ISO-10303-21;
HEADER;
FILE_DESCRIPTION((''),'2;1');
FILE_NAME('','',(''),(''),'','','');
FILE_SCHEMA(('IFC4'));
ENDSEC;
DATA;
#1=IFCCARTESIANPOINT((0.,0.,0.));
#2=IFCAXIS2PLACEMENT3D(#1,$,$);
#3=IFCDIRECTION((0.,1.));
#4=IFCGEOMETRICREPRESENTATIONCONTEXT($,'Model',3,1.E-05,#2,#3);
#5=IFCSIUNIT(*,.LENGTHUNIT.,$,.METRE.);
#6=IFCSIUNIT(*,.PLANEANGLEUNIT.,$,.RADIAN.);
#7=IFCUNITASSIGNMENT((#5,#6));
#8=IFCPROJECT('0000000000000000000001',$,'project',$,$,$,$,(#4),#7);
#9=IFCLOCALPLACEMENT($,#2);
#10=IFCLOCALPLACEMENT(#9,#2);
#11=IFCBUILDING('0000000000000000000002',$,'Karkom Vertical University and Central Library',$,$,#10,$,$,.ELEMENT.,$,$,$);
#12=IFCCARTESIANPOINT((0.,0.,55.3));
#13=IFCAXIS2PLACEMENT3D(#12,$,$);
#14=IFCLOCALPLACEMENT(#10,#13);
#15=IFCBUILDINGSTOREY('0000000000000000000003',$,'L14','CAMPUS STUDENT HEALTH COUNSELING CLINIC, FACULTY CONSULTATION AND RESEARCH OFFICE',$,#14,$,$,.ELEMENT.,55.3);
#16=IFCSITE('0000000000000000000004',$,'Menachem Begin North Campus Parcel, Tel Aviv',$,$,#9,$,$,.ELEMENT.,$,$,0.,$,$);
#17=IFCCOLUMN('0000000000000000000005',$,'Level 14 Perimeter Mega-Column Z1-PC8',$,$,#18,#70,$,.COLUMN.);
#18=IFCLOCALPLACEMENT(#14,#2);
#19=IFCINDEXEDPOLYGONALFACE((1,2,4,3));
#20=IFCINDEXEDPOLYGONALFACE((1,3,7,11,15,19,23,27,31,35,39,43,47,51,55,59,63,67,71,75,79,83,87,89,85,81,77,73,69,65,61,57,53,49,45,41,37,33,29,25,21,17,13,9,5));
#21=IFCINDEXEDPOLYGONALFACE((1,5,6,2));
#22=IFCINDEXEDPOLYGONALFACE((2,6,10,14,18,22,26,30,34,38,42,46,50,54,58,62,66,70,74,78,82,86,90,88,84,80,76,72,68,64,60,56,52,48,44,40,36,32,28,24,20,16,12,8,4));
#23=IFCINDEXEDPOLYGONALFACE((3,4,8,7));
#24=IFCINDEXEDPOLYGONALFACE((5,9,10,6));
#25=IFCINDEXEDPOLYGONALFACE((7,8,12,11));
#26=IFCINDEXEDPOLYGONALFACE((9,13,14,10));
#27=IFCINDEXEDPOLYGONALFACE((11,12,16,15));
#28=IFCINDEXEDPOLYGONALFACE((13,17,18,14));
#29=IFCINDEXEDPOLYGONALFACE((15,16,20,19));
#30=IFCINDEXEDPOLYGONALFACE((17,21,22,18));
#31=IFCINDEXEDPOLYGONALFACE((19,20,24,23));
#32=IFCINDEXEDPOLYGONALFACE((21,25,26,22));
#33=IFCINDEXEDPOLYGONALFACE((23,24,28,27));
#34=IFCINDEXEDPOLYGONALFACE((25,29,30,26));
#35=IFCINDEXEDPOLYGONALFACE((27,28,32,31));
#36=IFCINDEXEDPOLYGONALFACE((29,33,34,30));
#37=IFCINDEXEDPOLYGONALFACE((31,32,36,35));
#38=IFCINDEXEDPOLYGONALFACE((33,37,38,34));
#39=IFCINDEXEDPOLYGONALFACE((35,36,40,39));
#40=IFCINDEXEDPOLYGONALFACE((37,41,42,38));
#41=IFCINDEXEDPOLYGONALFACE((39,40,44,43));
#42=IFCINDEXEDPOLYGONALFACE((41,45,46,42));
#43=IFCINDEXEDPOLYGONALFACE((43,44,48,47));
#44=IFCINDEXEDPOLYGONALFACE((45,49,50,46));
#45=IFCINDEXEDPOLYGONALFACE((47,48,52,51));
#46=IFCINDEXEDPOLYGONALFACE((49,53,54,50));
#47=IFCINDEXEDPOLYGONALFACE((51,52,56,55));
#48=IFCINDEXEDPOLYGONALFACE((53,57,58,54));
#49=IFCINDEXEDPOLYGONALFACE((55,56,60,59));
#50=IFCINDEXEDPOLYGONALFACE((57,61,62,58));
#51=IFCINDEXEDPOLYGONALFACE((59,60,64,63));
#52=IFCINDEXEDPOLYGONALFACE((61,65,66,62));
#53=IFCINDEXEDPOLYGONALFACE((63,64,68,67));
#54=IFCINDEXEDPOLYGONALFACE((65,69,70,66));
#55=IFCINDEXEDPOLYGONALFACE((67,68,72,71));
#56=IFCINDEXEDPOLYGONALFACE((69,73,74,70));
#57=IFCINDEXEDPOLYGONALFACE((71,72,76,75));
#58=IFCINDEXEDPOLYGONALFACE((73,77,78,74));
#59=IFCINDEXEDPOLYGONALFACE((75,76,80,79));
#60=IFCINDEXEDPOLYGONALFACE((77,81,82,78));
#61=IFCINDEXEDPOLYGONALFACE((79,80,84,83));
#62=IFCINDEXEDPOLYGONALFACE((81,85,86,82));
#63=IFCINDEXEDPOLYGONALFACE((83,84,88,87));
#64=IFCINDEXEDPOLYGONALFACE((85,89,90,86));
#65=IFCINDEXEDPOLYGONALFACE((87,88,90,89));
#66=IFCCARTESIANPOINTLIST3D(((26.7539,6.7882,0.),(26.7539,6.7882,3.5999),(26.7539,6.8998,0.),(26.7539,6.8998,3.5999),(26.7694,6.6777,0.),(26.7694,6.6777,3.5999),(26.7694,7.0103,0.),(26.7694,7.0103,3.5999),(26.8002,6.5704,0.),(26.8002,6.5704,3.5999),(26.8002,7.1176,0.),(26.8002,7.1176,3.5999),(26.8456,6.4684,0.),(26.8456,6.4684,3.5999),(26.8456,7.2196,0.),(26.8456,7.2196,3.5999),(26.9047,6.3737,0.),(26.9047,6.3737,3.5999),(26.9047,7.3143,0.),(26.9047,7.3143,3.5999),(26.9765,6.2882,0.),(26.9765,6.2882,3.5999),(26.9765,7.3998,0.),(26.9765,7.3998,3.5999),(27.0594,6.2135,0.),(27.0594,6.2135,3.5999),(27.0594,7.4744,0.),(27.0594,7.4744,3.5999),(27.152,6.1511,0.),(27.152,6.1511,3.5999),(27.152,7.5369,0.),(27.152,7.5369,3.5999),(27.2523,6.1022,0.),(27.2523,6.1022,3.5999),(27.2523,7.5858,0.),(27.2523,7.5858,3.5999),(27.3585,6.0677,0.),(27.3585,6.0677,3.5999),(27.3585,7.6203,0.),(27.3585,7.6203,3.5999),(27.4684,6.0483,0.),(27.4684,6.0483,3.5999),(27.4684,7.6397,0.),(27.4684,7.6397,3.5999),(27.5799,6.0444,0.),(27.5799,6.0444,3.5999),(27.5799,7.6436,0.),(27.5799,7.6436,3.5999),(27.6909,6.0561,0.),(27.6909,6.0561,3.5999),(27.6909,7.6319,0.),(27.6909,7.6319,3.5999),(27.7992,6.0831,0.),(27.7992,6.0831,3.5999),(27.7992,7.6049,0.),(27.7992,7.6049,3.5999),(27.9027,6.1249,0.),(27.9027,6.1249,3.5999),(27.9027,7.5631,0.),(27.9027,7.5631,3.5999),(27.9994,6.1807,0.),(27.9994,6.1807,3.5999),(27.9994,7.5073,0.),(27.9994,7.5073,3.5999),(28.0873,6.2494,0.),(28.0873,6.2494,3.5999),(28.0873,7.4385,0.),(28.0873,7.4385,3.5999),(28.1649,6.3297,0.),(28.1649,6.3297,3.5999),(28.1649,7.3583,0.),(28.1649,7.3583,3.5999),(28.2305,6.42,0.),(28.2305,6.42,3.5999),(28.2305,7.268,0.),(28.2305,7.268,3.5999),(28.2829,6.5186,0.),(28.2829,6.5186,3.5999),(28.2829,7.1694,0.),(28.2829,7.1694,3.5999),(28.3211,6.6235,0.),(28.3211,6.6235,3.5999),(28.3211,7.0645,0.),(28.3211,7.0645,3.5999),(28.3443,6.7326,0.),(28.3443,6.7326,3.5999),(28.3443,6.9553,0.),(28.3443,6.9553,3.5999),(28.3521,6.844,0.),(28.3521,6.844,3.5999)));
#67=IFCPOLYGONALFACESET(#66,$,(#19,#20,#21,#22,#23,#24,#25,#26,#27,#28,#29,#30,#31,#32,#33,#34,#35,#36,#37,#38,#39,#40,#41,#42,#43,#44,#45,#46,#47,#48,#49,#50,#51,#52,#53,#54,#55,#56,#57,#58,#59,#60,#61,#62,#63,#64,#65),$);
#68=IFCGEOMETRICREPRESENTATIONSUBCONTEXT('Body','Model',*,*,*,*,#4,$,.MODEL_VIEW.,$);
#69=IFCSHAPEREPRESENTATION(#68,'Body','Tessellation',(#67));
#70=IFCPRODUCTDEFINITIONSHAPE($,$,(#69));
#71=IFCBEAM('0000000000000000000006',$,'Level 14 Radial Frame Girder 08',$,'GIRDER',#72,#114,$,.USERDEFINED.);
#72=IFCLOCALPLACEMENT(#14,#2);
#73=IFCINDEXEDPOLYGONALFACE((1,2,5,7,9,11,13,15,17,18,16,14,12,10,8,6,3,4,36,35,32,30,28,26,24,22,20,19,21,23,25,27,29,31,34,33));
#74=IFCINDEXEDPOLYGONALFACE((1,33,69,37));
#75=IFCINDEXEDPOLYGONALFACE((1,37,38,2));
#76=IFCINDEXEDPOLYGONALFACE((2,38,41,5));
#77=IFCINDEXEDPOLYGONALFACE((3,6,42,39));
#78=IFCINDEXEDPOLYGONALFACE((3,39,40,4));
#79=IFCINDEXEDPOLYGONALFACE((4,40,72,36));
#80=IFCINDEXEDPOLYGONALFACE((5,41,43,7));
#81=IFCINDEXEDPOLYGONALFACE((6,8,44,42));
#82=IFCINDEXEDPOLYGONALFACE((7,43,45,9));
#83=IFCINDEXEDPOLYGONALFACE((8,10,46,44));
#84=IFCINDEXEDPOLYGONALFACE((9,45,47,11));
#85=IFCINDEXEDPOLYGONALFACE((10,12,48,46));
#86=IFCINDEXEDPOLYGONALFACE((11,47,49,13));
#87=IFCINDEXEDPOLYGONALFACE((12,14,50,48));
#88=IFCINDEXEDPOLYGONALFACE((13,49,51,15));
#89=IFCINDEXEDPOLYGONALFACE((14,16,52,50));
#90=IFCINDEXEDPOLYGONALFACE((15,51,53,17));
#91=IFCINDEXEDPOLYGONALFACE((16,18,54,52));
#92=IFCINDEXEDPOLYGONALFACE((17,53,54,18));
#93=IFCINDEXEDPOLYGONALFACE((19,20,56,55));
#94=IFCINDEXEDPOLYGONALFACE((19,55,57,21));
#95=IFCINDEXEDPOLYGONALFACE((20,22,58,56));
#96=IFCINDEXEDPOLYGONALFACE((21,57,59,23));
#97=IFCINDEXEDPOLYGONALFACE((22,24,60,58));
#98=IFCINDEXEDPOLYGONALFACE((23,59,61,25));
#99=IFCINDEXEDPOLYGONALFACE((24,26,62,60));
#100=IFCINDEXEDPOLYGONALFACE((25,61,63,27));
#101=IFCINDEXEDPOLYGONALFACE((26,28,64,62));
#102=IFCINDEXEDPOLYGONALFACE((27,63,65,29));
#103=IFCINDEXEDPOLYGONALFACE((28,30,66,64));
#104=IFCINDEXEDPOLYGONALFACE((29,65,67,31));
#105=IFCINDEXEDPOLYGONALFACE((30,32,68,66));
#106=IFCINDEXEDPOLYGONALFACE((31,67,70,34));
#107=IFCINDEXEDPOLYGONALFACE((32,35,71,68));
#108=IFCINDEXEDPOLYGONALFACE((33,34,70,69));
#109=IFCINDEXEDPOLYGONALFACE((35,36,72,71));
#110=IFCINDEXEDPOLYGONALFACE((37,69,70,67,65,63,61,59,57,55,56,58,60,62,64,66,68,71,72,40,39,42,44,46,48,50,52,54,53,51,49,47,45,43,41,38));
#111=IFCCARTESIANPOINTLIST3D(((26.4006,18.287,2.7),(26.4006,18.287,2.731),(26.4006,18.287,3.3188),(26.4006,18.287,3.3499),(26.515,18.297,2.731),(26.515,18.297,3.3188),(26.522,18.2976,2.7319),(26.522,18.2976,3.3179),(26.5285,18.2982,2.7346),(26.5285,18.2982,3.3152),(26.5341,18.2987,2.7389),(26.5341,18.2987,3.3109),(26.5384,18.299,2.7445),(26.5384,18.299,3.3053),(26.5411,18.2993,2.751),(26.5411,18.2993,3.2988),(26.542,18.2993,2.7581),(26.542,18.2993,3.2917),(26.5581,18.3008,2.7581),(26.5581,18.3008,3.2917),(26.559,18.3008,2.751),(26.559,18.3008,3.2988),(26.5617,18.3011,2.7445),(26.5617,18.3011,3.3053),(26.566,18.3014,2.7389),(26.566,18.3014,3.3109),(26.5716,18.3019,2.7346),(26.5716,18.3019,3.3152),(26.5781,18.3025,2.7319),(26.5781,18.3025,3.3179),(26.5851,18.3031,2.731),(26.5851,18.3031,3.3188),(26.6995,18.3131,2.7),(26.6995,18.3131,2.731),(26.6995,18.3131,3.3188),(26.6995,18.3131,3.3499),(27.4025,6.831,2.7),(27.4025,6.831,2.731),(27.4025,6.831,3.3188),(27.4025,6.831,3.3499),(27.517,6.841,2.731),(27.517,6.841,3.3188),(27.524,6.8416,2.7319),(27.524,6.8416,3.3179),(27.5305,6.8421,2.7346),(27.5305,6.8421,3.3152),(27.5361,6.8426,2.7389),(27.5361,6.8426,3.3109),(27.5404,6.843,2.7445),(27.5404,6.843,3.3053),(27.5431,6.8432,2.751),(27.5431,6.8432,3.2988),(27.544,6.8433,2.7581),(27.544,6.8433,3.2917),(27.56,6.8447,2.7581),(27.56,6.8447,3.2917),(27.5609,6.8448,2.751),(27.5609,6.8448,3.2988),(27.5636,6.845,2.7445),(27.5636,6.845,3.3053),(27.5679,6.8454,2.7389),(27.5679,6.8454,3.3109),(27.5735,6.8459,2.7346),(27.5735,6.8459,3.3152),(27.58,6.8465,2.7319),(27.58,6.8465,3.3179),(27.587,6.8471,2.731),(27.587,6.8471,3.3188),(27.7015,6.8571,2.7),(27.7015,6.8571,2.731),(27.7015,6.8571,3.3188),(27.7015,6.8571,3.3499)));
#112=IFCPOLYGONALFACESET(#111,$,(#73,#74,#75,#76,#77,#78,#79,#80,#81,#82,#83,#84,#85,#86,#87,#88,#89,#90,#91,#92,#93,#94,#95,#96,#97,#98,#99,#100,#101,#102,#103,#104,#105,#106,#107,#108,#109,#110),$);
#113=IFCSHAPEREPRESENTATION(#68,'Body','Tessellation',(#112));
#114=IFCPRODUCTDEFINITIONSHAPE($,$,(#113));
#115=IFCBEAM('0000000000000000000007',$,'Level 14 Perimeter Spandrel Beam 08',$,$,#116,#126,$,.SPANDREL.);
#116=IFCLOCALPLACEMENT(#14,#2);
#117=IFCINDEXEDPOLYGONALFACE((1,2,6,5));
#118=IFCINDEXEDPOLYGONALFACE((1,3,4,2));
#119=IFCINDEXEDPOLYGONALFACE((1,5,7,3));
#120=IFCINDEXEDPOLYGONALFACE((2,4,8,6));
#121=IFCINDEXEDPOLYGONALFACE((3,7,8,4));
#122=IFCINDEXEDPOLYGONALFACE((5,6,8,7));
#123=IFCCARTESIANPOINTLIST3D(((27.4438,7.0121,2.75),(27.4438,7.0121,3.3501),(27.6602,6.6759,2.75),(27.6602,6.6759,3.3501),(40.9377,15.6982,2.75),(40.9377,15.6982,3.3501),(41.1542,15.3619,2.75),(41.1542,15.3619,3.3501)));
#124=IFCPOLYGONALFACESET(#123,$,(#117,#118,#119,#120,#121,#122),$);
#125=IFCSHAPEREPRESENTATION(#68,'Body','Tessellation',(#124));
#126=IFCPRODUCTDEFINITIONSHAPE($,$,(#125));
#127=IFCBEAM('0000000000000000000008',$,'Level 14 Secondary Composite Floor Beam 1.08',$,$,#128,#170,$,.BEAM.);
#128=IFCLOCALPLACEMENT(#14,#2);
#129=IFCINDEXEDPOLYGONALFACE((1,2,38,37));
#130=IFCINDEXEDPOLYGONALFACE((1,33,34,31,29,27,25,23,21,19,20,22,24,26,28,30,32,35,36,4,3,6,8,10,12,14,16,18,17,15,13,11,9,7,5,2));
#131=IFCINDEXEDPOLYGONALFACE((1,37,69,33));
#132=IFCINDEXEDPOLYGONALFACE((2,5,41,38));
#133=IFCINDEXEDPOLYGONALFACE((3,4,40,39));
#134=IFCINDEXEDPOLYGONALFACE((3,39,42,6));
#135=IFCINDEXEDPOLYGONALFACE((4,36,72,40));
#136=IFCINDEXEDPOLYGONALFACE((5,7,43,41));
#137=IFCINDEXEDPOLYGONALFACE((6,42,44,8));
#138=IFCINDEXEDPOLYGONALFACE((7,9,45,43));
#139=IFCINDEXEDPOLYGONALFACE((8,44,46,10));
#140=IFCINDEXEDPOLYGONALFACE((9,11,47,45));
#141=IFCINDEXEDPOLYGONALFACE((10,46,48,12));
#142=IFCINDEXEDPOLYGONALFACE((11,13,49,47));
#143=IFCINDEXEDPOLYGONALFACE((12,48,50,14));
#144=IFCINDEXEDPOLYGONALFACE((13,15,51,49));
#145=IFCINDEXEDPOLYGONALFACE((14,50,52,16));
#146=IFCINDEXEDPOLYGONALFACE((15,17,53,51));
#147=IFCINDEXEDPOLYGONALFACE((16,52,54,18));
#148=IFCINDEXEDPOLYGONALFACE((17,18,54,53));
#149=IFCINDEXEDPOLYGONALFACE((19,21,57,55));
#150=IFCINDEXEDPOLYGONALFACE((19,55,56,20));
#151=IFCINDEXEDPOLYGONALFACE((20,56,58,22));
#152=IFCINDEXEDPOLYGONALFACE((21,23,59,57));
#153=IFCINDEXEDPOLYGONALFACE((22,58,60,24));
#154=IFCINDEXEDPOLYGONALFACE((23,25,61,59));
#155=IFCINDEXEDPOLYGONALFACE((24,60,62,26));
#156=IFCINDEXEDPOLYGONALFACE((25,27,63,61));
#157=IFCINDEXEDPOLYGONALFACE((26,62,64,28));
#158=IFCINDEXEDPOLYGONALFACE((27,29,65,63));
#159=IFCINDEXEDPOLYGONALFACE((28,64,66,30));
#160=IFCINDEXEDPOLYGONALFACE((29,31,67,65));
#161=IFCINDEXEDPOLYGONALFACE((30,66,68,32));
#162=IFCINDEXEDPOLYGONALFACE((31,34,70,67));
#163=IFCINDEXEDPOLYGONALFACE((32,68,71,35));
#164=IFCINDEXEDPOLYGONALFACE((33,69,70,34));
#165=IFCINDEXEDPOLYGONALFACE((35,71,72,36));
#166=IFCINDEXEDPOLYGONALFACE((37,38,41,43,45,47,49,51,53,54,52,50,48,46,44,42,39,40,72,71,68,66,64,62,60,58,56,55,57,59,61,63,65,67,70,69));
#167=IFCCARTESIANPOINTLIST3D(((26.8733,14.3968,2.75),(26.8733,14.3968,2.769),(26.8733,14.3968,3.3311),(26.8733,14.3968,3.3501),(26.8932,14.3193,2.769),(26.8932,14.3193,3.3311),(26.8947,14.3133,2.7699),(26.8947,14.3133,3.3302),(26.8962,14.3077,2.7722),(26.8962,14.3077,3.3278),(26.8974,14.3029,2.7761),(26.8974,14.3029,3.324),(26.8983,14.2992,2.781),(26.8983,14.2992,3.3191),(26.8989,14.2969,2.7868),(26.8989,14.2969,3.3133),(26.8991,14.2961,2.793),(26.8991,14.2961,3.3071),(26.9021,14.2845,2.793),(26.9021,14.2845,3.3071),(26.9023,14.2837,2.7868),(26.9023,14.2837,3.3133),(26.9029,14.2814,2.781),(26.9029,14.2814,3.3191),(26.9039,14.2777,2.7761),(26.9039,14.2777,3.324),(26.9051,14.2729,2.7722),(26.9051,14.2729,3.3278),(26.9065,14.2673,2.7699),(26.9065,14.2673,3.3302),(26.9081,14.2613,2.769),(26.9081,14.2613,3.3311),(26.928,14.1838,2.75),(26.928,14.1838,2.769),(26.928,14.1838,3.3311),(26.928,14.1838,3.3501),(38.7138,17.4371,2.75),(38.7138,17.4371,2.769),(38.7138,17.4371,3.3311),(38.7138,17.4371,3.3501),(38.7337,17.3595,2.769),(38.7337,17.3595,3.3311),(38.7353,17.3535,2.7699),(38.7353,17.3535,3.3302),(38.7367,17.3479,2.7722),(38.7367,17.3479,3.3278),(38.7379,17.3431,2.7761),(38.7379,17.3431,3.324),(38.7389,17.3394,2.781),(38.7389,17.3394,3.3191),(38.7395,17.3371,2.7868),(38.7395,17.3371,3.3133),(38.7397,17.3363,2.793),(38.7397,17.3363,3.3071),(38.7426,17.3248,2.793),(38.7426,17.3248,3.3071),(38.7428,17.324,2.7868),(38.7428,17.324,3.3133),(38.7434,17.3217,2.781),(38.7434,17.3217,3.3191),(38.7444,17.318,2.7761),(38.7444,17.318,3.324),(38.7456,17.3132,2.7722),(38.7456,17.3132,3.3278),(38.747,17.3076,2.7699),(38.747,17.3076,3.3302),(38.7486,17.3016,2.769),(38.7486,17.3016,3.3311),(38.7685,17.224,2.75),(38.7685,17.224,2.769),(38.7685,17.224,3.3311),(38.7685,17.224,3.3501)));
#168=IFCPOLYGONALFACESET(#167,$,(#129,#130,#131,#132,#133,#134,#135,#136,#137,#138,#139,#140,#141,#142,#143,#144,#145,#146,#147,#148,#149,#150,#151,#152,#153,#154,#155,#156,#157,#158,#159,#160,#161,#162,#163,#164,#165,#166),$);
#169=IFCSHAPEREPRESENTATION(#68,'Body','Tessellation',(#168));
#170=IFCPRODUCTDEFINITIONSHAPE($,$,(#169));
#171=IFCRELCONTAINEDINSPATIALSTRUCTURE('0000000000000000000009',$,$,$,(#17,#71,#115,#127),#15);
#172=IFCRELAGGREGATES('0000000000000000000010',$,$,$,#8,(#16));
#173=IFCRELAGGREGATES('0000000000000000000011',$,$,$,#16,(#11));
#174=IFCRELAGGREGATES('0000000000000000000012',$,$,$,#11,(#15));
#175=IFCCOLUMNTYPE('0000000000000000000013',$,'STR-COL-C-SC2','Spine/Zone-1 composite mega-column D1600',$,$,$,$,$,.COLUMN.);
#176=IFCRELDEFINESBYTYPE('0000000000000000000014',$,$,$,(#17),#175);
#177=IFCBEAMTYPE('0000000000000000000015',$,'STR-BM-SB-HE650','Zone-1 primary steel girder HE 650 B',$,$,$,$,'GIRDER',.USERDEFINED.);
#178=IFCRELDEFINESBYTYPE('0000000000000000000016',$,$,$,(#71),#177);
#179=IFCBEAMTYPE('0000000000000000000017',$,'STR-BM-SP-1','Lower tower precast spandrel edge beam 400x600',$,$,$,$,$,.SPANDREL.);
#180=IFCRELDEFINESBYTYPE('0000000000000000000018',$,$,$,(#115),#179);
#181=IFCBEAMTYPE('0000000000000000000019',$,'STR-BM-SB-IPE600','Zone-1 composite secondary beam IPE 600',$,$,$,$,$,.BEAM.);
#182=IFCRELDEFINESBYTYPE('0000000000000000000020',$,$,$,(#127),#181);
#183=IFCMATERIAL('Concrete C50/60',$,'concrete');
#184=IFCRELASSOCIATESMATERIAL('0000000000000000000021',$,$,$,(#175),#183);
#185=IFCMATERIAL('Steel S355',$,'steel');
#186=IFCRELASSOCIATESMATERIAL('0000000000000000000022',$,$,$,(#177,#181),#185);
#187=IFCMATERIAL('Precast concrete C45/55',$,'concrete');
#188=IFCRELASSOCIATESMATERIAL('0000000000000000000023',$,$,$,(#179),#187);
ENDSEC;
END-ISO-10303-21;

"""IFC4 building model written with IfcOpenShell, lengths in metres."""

from ifc_helpers import new_model, si_unit, direction, frame, origin, origin_with_axes, origin_2d, place, context, subcontext, project, spatial, rectangle, circle, i_section, extrude, source, transform, mapped, material, material_profile, profile_set, type_object, element, save


model = new_model("IFC4")

# Units and contexts
model_context = context("Model", 3, precision=1e-05, world=origin(), true_north=direction((0.0, 1.0)))
body_context = subcontext(model_context, "Body", "Model", "MODEL_VIEW")
ifc_project = project(units=[si_unit("LENGTHUNIT", "METRE"), si_unit("PLANEANGLEUNIT", "RADIAN")], contexts=[model_context])

# Site, building, storey
site_placement = place(None, origin())
site = spatial("IfcSite", under=ifc_project, at=site_placement, Name="Menachem Begin North Campus Parcel, Tel Aviv", CompositionType="ELEMENT", RefElevation=0.0)
building_placement = place(site_placement, origin())
building = spatial("IfcBuilding", under=site, at=building_placement, Name="Karkom Vertical University and Central Library", CompositionType="ELEMENT")
storey_placement = place(building_placement, frame((0.0, 0.0, 55.3)))
storey = spatial("IfcBuildingStorey", under=building, at=storey_placement, Name="L14", Description="CAMPUS STUDENT HEALTH COUNSELING CLINIC, FACULTY CONSULTATION AND RESEARCH OFFICE", CompositionType="ELEMENT", Elevation=55.3)

# Column
ifc_material_1 = material(Name="Concrete C50/60", Category="concrete")
ifc_material_profile_1 = material_profile(ifc_material_1, circle(Radius=0.8, at=origin_2d()), Name="CFT-D1600")
ifc_profile_set_1 = profile_set([ifc_material_profile_1], Name="Concrete C50/60")
column_type = type_object("IfcColumnType", Name="STR-COL-C-SC2", Description="Spine/Zone-1 composite mega-column D1600", PredefinedType="COLUMN", material=ifc_profile_set_1)
shared_shape_1 = source(origin_with_axes(), body_context, "Body", "SweptSolid", [
    extrude(circle(Radius=0.8, at=origin_2d()), origin(), (0.0, 0.0, 1.0), 3.5999),
])
column_placement = place(storey_placement, frame((27.552, 6.844, 0.0), z_axis=(0.0, 0.0, 1.0), x_axis=(1.0, 0.0, 0.0)))
element("IfcColumn", 1, at=column_placement, inside=storey, type_object=column_type, Name="Level 14 Perimeter Mega-Column Z1-PC8", PredefinedType="COLUMN", context=body_context, shape_type="MappedRepresentation", body=[
    mapped(shared_shape_1, transform((0.0, 0.0, 0.0), scale=1.0)),
])

# Beams
ifc_material_2 = material(Name="Steel S355", Category="steel")
ifc_material_profile_2 = material_profile(ifc_material_2, i_section(OverallWidth=0.3, OverallDepth=0.6499, WebThickness=0.0161, FlangeThickness=0.031, FilletRadius=0.0271, at=origin_2d()), Name="HE 650 B")
ifc_profile_set_2 = profile_set([ifc_material_profile_2], Name="Steel S355")
beam_type_1 = type_object("IfcBeamType", Name="STR-BM-SB-HE650", Description="Zone-1 primary steel girder HE 650 B", ElementType="GIRDER", PredefinedType="USERDEFINED", material=ifc_profile_set_2)
shared_shape_2 = source(origin_with_axes(), body_context, "Body", "SweptSolid", [
    extrude(i_section(OverallWidth=0.3, OverallDepth=0.6499, WebThickness=0.0161, FlangeThickness=0.031, FilletRadius=0.0271, at=origin_2d()), origin(), (0.0, 0.0, 1.0), 11.4998),
])
beam_1_placement = place(storey_placement, frame((26.55, 18.3, 3.0249), z_axis=(0.087128, -0.996197, 0.0), x_axis=(0.996197, 0.087128, 0.0)))
element("IfcBeam", 2, at=beam_1_placement, inside=storey, type_object=beam_type_1, Name="Level 14 Radial Frame Girder 08", ObjectType="GIRDER", PredefinedType="USERDEFINED", context=body_context, shape_type="MappedRepresentation", body=[
    mapped(shared_shape_2, transform((0.0, 0.0, 0.0), scale=1.0)),
])
ifc_material_3 = material(Name="Precast concrete C45/55", Category="concrete")
ifc_material_profile_3 = material_profile(ifc_material_3, rectangle(XDim=0.3999, YDim=0.6001, at=origin_2d()), Name="SPB-400x600")
ifc_profile_set_3 = profile_set([ifc_material_profile_3], Name="Precast concrete C45/55")
beam_type_2 = type_object("IfcBeamType", Name="STR-BM-SP-1", Description="Lower tower precast spandrel edge beam 400x600", PredefinedType="SPANDREL", material=ifc_profile_set_3)
shared_shape_3 = source(origin_with_axes(), body_context, "Body", "SweptSolid", [
    extrude(rectangle(XDim=0.3999, YDim=0.6001, at=origin_2d()), origin(), (0.0, 0.0, 1.0), 16.0479),
])
beam_2_placement = place(storey_placement, frame((27.552, 6.844, 3.05), z_axis=(0.840856, 0.54126, 0.0), x_axis=(-0.54126, 0.840856, 0.0)))
element("IfcBeam", 3, at=beam_2_placement, inside=storey, type_object=beam_type_2, Name="Level 14 Perimeter Spandrel Beam 08", PredefinedType="SPANDREL", context=body_context, shape_type="MappedRepresentation", body=[
    mapped(shared_shape_3, transform((0.0, 0.0, 0.0), scale=1.0)),
])
ifc_material_profile_4 = material_profile(ifc_material_2, i_section(OverallWidth=0.22, OverallDepth=0.6001, WebThickness=0.012, FlangeThickness=0.019, FilletRadius=0.0239, at=origin_2d()), Name="IPE 600")
ifc_profile_set_4 = profile_set([ifc_material_profile_4], Name="Steel S355")
beam_type_3 = type_object("IfcBeamType", Name="STR-BM-SB-IPE600", Description="Zone-1 composite secondary beam IPE 600", PredefinedType="BEAM", material=ifc_profile_set_4)
shared_shape_4 = source(origin_with_axes(), body_context, "Body", "SweptSolid", [
    extrude(i_section(OverallWidth=0.22, OverallDepth=0.6001, WebThickness=0.012, FlangeThickness=0.019, FilletRadius=0.0239, at=origin_2d()), origin(), (0.0, 0.0, 1.0), 12.2246),
])
beam_3_placement = place(storey_placement, frame((26.9006, 14.2903, 3.05), z_axis=(0.96858, 0.248701, 0.0), x_axis=(-0.248701, 0.96858, 0.0)))
element("IfcBeam", 4, at=beam_3_placement, inside=storey, type_object=beam_type_3, Name="Level 14 Secondary Composite Floor Beam 1.08", PredefinedType="BEAM", context=body_context, shape_type="MappedRepresentation", body=[
    mapped(shared_shape_4, transform((0.0, 0.0, 0.0), scale=1.0)),
])

save(model, "model.ifc")
